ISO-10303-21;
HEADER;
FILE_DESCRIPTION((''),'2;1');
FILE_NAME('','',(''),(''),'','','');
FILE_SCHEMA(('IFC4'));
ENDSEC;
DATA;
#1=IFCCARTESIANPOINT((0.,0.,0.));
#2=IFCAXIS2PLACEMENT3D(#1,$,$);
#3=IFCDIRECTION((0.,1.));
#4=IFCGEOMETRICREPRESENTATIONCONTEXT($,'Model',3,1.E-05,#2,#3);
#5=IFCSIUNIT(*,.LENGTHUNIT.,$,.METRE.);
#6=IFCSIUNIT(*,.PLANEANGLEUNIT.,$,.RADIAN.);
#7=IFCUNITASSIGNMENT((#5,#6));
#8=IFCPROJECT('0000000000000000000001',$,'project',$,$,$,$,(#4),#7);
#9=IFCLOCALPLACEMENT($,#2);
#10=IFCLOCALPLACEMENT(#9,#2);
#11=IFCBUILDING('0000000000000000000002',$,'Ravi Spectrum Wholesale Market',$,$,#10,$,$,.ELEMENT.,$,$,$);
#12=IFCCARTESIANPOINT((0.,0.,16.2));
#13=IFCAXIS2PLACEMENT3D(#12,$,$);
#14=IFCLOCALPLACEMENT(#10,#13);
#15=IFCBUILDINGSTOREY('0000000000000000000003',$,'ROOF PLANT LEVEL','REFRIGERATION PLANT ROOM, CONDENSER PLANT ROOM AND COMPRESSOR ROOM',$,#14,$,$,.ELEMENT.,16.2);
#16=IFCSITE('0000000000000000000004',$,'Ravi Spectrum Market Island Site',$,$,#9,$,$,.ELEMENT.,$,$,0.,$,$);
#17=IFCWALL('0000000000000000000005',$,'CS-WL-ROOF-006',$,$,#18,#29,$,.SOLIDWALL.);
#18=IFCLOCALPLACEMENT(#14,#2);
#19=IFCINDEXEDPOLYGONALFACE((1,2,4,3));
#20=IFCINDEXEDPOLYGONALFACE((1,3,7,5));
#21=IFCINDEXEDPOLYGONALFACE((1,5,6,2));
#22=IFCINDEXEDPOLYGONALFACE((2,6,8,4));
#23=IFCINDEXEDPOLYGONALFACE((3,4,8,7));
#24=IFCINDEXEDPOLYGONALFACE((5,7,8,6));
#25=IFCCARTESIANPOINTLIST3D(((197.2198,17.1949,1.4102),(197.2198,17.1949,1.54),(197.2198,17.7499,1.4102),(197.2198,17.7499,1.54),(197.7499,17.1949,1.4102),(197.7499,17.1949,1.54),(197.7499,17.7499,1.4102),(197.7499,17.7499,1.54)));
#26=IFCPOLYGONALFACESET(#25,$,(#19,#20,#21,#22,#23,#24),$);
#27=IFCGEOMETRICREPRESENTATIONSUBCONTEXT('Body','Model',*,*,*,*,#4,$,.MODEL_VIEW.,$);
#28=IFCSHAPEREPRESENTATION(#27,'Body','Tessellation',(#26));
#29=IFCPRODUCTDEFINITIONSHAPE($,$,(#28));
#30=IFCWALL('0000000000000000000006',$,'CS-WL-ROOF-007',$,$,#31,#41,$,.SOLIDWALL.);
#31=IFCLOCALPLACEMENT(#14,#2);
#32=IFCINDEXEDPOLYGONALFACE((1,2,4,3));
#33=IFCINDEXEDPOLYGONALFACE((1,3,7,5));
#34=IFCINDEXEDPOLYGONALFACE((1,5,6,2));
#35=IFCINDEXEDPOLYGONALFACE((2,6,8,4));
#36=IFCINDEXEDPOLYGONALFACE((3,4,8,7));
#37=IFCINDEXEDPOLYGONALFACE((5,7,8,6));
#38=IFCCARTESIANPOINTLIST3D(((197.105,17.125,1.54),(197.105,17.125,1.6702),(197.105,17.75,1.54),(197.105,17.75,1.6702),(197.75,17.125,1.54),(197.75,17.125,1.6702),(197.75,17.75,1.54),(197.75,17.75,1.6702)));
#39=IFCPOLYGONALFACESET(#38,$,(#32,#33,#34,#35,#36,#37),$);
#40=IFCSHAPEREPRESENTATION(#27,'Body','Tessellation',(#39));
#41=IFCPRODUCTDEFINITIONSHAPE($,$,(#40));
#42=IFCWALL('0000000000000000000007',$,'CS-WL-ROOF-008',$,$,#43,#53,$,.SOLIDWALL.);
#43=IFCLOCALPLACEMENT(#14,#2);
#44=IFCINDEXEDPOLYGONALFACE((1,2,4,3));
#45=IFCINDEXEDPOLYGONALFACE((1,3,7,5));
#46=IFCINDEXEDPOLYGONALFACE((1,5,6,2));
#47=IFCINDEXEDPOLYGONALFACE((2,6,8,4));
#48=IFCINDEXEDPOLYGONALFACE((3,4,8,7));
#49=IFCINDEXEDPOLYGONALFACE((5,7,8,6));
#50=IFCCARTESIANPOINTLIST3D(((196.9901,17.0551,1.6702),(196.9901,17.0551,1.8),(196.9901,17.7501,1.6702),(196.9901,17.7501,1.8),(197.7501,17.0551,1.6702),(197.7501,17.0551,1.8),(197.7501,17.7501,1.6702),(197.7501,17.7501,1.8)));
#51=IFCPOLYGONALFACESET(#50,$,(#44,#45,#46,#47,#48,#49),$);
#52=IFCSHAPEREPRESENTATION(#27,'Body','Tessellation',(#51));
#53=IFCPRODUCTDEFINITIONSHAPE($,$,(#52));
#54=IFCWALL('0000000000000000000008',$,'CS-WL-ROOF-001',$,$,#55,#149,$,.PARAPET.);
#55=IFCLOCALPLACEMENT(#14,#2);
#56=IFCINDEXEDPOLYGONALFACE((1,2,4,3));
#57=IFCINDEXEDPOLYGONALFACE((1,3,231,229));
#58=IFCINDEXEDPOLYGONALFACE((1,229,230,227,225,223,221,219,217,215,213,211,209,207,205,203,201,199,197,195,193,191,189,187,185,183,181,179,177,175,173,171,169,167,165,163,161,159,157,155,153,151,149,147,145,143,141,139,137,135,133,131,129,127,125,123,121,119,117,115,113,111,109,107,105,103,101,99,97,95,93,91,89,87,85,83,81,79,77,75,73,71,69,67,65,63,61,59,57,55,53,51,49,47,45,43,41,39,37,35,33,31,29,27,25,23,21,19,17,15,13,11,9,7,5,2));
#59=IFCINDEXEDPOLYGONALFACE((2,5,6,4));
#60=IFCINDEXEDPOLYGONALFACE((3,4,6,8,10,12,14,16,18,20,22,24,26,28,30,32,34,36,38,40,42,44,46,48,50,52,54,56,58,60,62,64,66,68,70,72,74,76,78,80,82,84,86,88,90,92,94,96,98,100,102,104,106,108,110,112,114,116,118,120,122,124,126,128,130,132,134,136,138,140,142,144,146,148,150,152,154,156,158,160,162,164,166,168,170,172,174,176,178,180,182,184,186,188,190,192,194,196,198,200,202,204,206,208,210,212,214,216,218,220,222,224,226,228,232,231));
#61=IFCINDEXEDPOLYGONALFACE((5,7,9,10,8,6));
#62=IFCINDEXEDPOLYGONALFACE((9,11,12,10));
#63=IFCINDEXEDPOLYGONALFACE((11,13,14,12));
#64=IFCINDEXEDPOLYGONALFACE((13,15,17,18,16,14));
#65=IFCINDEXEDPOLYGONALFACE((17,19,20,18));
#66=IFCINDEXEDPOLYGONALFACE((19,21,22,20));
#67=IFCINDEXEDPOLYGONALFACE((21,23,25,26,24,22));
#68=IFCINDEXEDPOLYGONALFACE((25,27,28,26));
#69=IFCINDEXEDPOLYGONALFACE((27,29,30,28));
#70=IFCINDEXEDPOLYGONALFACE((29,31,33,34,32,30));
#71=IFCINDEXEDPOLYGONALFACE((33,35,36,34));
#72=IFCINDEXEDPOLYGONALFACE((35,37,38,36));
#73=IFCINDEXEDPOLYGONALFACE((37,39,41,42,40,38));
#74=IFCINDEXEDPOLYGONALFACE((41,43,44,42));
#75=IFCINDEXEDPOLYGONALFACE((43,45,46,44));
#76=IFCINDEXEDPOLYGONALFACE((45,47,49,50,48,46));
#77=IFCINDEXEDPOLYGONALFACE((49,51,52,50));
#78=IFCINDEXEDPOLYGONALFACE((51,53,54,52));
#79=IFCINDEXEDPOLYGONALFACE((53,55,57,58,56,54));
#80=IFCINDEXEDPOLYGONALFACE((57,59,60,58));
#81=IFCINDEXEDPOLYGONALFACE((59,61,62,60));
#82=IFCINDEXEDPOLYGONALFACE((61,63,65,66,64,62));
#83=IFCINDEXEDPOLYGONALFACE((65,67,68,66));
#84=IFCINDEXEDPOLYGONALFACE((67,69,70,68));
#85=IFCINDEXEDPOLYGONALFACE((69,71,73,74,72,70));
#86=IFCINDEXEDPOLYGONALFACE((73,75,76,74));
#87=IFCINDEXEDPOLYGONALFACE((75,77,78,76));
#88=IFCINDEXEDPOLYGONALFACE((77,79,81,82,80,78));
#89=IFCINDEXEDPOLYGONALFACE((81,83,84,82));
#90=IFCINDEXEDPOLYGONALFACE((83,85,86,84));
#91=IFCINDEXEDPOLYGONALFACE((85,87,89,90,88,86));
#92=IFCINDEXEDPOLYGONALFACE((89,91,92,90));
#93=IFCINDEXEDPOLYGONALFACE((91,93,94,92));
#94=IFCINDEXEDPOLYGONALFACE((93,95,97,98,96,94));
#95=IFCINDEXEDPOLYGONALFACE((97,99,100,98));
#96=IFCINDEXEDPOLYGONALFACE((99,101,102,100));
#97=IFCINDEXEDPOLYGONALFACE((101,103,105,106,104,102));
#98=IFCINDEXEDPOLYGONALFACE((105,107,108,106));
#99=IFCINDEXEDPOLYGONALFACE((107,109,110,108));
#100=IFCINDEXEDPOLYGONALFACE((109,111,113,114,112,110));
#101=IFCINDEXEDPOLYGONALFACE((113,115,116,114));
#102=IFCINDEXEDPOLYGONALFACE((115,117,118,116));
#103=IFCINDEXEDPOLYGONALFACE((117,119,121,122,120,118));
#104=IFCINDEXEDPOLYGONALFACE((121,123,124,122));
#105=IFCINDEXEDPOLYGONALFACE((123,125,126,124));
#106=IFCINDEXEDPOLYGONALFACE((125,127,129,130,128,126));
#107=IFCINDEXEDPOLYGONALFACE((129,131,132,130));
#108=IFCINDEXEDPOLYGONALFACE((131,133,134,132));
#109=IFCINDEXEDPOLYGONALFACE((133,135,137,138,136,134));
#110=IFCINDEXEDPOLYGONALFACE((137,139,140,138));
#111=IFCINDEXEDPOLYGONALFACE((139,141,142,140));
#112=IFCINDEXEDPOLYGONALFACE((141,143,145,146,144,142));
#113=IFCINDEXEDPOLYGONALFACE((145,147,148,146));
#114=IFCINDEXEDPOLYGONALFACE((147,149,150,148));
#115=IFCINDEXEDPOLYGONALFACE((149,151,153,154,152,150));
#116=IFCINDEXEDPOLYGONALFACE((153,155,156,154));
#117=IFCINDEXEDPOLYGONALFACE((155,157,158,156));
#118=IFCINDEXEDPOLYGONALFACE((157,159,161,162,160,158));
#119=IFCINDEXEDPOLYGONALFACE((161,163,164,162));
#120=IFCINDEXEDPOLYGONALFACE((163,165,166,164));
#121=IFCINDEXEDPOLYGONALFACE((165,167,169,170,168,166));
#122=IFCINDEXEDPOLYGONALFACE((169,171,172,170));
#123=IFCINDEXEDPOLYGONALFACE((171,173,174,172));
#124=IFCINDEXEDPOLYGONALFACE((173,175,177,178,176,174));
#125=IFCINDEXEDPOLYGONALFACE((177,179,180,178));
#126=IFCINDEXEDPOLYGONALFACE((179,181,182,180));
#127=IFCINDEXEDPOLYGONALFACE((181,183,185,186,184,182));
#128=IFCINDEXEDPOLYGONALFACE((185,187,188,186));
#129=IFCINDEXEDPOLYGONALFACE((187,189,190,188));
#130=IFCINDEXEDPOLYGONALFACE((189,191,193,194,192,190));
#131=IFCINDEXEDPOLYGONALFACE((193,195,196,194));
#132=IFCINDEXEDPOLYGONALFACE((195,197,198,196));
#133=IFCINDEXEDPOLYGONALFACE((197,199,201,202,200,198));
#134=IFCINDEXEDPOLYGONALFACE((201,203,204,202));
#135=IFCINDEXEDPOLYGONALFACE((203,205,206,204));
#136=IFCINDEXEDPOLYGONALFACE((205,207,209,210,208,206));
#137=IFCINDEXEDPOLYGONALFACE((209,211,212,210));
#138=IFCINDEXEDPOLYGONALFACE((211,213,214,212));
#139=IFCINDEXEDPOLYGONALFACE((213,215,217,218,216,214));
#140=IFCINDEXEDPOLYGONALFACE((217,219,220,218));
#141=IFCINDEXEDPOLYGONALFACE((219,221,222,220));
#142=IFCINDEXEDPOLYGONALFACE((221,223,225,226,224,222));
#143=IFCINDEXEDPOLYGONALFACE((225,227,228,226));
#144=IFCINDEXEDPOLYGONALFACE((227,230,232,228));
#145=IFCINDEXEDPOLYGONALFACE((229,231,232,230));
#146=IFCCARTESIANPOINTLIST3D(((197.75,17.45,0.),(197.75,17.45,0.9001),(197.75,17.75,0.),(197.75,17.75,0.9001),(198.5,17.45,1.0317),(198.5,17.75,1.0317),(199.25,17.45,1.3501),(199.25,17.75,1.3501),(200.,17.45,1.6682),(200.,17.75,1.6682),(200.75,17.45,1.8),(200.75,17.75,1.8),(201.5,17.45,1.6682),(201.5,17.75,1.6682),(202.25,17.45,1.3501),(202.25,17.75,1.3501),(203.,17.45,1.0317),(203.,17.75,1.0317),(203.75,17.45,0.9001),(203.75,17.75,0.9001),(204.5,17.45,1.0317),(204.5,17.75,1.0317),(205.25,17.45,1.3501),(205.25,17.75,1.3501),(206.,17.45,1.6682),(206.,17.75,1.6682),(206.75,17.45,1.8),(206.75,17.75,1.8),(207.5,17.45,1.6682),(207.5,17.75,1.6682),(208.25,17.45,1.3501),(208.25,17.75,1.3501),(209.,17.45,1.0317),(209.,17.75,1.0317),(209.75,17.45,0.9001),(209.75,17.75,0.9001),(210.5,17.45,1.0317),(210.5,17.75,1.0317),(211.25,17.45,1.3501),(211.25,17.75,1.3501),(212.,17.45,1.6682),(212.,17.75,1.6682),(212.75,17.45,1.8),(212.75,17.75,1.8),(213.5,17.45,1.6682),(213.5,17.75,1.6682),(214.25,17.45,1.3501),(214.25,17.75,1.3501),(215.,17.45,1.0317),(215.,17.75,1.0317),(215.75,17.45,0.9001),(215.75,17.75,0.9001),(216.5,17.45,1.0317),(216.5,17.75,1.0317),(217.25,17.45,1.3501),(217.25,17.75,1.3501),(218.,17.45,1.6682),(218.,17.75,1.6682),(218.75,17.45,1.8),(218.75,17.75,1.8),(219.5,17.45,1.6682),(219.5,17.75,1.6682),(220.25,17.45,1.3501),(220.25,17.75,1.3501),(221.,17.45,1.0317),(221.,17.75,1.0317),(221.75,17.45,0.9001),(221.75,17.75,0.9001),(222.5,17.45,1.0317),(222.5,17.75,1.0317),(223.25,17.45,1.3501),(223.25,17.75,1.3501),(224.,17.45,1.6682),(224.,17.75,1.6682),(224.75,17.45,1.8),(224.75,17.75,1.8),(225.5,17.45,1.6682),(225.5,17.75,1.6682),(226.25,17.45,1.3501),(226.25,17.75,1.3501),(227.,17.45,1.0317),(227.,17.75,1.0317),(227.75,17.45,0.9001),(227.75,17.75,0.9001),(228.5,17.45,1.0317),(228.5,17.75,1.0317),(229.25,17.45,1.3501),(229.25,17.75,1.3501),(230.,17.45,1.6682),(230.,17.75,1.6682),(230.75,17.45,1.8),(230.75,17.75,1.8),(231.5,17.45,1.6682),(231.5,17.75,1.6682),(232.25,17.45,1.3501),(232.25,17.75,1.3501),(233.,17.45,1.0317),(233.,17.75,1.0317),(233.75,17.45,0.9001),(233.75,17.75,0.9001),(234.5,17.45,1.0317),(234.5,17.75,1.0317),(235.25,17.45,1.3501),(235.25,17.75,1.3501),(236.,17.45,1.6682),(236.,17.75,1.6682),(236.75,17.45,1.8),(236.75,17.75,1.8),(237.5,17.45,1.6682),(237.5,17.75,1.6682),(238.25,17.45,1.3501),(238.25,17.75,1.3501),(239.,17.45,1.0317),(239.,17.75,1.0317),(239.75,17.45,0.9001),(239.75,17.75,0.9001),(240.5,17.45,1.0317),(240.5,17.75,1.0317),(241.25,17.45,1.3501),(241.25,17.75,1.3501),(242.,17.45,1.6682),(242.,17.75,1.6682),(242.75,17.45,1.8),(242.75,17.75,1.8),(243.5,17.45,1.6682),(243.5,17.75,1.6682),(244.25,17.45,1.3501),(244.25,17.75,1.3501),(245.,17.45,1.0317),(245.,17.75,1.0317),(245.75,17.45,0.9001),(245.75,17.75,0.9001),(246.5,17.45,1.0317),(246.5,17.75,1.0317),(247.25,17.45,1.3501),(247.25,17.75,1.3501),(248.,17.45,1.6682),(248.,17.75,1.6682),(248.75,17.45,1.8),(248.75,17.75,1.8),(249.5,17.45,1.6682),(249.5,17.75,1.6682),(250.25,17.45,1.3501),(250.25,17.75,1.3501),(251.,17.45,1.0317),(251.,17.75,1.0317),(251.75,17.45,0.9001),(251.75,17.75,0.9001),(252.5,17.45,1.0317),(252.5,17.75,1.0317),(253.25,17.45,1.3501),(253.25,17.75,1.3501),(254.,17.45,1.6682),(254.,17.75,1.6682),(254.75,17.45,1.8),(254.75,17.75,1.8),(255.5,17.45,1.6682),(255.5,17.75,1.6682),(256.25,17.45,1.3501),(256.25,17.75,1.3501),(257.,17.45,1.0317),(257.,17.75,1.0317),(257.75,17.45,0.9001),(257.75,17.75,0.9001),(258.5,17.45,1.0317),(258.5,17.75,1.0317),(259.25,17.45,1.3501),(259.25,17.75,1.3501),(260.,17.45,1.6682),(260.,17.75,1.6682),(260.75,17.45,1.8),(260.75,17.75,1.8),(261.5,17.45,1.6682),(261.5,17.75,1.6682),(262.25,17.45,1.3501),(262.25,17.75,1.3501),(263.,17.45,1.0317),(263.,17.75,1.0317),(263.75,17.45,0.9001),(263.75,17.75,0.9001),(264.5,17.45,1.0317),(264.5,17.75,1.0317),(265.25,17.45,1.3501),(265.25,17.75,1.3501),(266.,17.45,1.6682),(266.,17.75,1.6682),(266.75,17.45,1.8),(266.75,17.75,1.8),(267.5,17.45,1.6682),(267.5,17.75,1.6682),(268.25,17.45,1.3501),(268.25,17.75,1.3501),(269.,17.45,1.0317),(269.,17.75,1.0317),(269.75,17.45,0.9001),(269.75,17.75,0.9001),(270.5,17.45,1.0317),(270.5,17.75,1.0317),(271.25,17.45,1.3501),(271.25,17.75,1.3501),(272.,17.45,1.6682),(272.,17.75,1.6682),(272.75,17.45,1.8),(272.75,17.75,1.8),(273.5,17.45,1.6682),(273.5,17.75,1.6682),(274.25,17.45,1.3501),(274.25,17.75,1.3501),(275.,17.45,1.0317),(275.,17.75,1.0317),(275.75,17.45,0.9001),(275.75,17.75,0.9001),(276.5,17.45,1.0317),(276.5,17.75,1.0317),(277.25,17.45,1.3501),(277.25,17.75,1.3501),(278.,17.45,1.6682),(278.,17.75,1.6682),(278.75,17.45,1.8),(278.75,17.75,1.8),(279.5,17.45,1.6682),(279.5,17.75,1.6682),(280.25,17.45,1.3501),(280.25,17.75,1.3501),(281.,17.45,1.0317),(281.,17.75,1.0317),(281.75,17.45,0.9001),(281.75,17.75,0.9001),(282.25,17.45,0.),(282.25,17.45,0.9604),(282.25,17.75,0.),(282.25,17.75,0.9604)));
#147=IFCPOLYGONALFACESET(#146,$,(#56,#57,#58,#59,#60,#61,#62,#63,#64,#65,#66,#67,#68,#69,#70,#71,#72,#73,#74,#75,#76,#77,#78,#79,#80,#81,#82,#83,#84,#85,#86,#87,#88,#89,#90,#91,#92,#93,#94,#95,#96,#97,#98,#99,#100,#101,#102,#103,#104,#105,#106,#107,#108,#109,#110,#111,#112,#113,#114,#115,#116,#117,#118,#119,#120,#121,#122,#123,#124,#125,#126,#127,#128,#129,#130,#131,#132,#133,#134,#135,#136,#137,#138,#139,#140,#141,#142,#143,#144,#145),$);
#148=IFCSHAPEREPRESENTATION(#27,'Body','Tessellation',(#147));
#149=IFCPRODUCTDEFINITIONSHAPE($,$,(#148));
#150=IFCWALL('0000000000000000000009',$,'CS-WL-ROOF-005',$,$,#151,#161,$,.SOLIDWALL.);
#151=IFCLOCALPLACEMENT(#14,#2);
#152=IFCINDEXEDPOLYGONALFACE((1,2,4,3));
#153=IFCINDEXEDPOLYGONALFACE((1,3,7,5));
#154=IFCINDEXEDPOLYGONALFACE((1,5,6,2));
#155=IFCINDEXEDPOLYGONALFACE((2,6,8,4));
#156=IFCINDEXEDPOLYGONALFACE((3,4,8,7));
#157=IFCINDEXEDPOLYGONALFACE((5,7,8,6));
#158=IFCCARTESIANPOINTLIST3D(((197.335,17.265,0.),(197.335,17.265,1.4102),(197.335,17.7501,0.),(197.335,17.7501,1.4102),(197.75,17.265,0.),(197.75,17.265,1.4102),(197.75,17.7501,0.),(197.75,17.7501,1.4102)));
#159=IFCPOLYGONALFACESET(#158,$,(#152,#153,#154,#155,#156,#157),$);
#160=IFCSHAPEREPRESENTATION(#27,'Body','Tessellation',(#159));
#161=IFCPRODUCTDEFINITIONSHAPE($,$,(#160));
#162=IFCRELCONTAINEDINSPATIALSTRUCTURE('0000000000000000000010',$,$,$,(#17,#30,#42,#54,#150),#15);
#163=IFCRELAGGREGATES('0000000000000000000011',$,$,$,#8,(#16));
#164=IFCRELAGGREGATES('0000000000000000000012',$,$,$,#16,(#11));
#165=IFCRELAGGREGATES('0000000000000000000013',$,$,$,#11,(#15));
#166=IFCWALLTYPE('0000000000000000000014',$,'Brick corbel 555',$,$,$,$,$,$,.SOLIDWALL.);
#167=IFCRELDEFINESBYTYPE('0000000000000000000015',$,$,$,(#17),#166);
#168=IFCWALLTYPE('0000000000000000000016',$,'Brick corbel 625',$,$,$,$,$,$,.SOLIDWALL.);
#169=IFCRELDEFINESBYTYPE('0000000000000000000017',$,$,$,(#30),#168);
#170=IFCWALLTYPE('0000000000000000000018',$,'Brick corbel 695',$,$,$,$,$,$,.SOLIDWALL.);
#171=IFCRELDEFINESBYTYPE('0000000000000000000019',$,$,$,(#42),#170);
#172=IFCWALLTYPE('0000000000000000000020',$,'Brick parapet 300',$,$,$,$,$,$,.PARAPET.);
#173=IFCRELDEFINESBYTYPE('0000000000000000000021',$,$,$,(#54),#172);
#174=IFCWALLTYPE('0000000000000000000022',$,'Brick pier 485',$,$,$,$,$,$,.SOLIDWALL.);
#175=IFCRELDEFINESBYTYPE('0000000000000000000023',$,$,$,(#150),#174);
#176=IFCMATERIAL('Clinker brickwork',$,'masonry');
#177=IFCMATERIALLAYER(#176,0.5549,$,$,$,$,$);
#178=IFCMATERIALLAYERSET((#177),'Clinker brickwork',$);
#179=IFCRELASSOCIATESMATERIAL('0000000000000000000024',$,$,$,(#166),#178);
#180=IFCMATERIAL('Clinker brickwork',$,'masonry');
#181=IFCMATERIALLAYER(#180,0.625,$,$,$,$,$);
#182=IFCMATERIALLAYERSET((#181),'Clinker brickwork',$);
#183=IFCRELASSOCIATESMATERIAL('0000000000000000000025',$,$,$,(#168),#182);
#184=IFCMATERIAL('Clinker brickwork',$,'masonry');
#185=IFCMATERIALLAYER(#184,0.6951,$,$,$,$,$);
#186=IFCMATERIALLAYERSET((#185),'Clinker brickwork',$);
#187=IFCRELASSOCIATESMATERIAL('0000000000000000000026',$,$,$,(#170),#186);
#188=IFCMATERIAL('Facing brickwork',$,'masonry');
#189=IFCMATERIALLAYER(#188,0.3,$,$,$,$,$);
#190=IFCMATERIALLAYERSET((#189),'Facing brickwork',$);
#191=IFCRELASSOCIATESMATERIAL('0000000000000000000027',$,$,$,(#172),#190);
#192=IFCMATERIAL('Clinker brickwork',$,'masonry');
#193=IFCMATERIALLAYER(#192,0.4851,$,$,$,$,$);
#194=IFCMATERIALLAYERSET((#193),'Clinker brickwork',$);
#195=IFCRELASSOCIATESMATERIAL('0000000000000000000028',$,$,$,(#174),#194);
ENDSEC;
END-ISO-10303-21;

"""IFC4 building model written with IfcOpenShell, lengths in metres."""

from ifc_helpers import new_model, si_unit, direction, frame, frame_2d, origin, place, context, subcontext, project, spatial, polyline, rectangle, outline, extrude, material, layer, layer_set, type_object, element, save


model = new_model("IFC4")

# Units and contexts
model_context = context("Model", 3, precision=1e-05, world=origin(), true_north=direction((0.0, 1.0)))
body_context = subcontext(model_context, "Body", "Model", "MODEL_VIEW")
ifc_project = project(units=[si_unit("LENGTHUNIT", "METRE"), si_unit("PLANEANGLEUNIT", "RADIAN")], contexts=[model_context])

# Site, building, storey
site_placement = place(None, origin())
site = spatial("IfcSite", under=ifc_project, at=site_placement, Name="Ravi Spectrum Market Island Site", CompositionType="ELEMENT", RefElevation=0.0)
building_placement = place(site_placement, origin())
building = spatial("IfcBuilding", under=site, at=building_placement, Name="Ravi Spectrum Wholesale Market", CompositionType="ELEMENT")
storey_placement = place(building_placement, frame((0.0, 0.0, 16.2)))
storey = spatial("IfcBuildingStorey", under=building, at=storey_placement, Name="ROOF PLANT LEVEL", Description="REFRIGERATION PLANT ROOM, CONDENSER PLANT ROOM AND COMPRESSOR ROOM", CompositionType="ELEMENT", Elevation=16.2)

# Walls
ifc_material_1 = material(Name="Clinker brickwork", Category="masonry")
ifc_layer_1 = layer(ifc_material_1, 0.5549)
ifc_layer_set_1 = layer_set([ifc_layer_1], Name="Clinker brickwork")
wall_type_1 = type_object("IfcWallType", Name="Brick corbel 555", PredefinedType="SOLIDWALL", material=ifc_layer_set_1)
wall_1_placement = place(storey_placement, frame((197.75, 17.4724, 1.4102), z_axis=(0.0, 0.0, 1.0), x_axis=(-1.0, 0.0, 0.0)))
element("IfcWall", 1, at=wall_1_placement, inside=storey, type_object=wall_type_1, Name="CS-WL-ROOF-006", PredefinedType="SOLIDWALL", context=body_context, shape_type="SweptSolid", body=[
    extrude(rectangle(XDim=0.53, YDim=0.5549, at=frame_2d((0.2651, 0.0))), origin(), (0.0, 0.0, 1.0), 0.1299),
])
ifc_material_2 = material(Name="Clinker brickwork", Category="masonry")
ifc_layer_2 = layer(ifc_material_2, 0.625)
ifc_layer_set_2 = layer_set([ifc_layer_2], Name="Clinker brickwork")
wall_type_2 = type_object("IfcWallType", Name="Brick corbel 625", PredefinedType="SOLIDWALL", material=ifc_layer_set_2)
wall_2_placement = place(storey_placement, frame((197.75, 17.4375, 1.54), z_axis=(0.0, 0.0, 1.0), x_axis=(-1.0, 0.0, 0.0)))
element("IfcWall", 2, at=wall_2_placement, inside=storey, type_object=wall_type_2, Name="CS-WL-ROOF-007", PredefinedType="SOLIDWALL", context=body_context, shape_type="SweptSolid", body=[
    extrude(rectangle(XDim=0.645, YDim=0.625, at=frame_2d((0.3225, 0.0))), origin(), (0.0, 0.0, 1.0), 0.1301),
])
ifc_material_3 = material(Name="Clinker brickwork", Category="masonry")
ifc_layer_3 = layer(ifc_material_3, 0.6951)
ifc_layer_set_3 = layer_set([ifc_layer_3], Name="Clinker brickwork")
wall_type_3 = type_object("IfcWallType", Name="Brick corbel 695", PredefinedType="SOLIDWALL", material=ifc_layer_set_3)
wall_3_placement = place(storey_placement, frame((197.75, 17.4026, 1.6702), z_axis=(0.0, 0.0, 1.0), x_axis=(-1.0, 0.0, 0.0)))
element("IfcWall", 3, at=wall_3_placement, inside=storey, type_object=wall_type_3, Name="CS-WL-ROOF-008", PredefinedType="SOLIDWALL", context=body_context, shape_type="SweptSolid", body=[
    extrude(rectangle(XDim=0.76, YDim=0.6951, at=frame_2d((0.3799, 0.0))), origin(), (0.0, 0.0, 1.0), 0.1299),
])
ifc_material_4 = material(Name="Facing brickwork", Category="masonry")
ifc_layer_4 = layer(ifc_material_4, 0.3)
ifc_layer_set_4 = layer_set([ifc_layer_4], Name="Facing brickwork")
wall_type_4 = type_object("IfcWallType", Name="Brick parapet 300", PredefinedType="PARAPET", material=ifc_layer_set_4)
wall_4_placement = place(storey_placement, frame((197.75, 17.6001, 0.0), z_axis=(0.0, 0.0, 1.0), x_axis=(1.0, 0.0, 0.0)))
element("IfcWall", 4, at=wall_4_placement, inside=storey, type_object=wall_type_4, Name="CS-WL-ROOF-001", PredefinedType="PARAPET", context=body_context, shape_type="SweptSolid", body=[
    extrude(outline(polyline([(0.0, 0.0), (84.5, 0.0), (84.5, 0.9604), (84.0, 0.9001), (83.25, 1.0317), (82.5, 1.3501), (81.75, 1.6682), (81.0, 1.8), (80.25, 1.6682), (79.5, 1.3501), (78.75, 1.0317), (78.0, 0.9001), (77.25, 1.0317), (76.5, 1.3501), (75.75, 1.6682), (75.0, 1.8), (74.25, 1.6682), (73.5, 1.3501), (72.75, 1.0317), (72.0, 0.9001), (71.25, 1.0317), (70.5, 1.3501), (69.75, 1.6682), (69.0, 1.8), (68.25, 1.6682), (67.5, 1.3501), (66.75, 1.0317), (66.0, 0.9001), (65.25, 1.0317), (64.5, 1.3501), (63.75, 1.6682), (63.0, 1.8), (62.25, 1.6682), (61.5, 1.3501), (60.75, 1.0317), (60.0, 0.9001), (59.25, 1.0317), (58.5, 1.3501), (57.75, 1.6682), (57.0, 1.8), (56.25, 1.6682), (55.5, 1.3501), (54.75, 1.0317), (54.0, 0.9001), (53.25, 1.0317), (52.5, 1.3501), (51.75, 1.6682), (51.0, 1.8), (50.25, 1.6682), (49.5, 1.3501), (48.75, 1.0317), (48.0, 0.9001), (47.25, 1.0317), (46.5, 1.3501), (45.75, 1.6682), (45.0, 1.8), (44.25, 1.6682), (43.5, 1.3501), (42.75, 1.0317), (42.0, 0.9001), (41.25, 1.0317), (40.5, 1.3501), (39.75, 1.6682), (39.0, 1.8), (38.25, 1.6682), (37.5, 1.3501), (36.75, 1.0317), (36.0, 0.9001), (35.25, 1.0317), (34.5, 1.3501), (33.75, 1.6682), (33.0, 1.8), (32.25, 1.6682), (31.5, 1.3501), (30.75, 1.0317), (30.0, 0.9001), (29.25, 1.0317), (28.5, 1.3501), (27.75, 1.6682), (27.0, 1.8), (26.25, 1.6682), (25.5, 1.3501), (24.75, 1.0317), (24.0, 0.9001), (23.25, 1.0317), (22.5, 1.3501), (21.75, 1.6682), (21.0, 1.8), (20.25, 1.6682), (19.5, 1.3501), (18.75, 1.0317), (18.0, 0.9001), (17.25, 1.0317), (16.5, 1.3501), (15.75, 1.6682), (15.0, 1.8), (14.25, 1.6682), (13.5, 1.3501), (12.75, 1.0317), (12.0, 0.9001), (11.25, 1.0317), (10.5, 1.3501), (9.75, 1.6682), (9.0, 1.8), (8.25, 1.6682), (7.5, 1.3501), (6.75, 1.0317), (6.0, 0.9001), (5.25, 1.0317), (4.5, 1.3501), (3.75, 1.6682), (3.0, 1.8), (2.25, 1.6682), (1.5, 1.3501), (0.75, 1.0317), (0.0, 0.9001), (0.0, 0.0)])), frame((0.0, 0.1499, 0.0), z_axis=(0.0, -1.0, 0.0), x_axis=(1.0, 0.0, 0.0)), (0.0, 0.0, 1.0), 0.3),
])
ifc_material_5 = material(Name="Clinker brickwork", Category="masonry")
ifc_layer_5 = layer(ifc_material_5, 0.4851)
ifc_layer_set_5 = layer_set([ifc_layer_5], Name="Clinker brickwork")
wall_type_5 = type_object("IfcWallType", Name="Brick pier 485", PredefinedType="SOLIDWALL", material=ifc_layer_set_5)
wall_5_placement = place(storey_placement, frame((197.75, 17.5076, 0.0), z_axis=(0.0, 0.0, 1.0), x_axis=(-1.0, 0.0, 0.0)))
element("IfcWall", 5, at=wall_5_placement, inside=storey, type_object=wall_type_5, Name="CS-WL-ROOF-005", PredefinedType="SOLIDWALL", context=body_context, shape_type="SweptSolid", body=[
    extrude(rectangle(XDim=0.415, YDim=0.4851, at=frame_2d((0.2075, 0.0))), origin(), (0.0, 0.0, 1.0), 1.4102),
])

save(model, "model.ifc")
